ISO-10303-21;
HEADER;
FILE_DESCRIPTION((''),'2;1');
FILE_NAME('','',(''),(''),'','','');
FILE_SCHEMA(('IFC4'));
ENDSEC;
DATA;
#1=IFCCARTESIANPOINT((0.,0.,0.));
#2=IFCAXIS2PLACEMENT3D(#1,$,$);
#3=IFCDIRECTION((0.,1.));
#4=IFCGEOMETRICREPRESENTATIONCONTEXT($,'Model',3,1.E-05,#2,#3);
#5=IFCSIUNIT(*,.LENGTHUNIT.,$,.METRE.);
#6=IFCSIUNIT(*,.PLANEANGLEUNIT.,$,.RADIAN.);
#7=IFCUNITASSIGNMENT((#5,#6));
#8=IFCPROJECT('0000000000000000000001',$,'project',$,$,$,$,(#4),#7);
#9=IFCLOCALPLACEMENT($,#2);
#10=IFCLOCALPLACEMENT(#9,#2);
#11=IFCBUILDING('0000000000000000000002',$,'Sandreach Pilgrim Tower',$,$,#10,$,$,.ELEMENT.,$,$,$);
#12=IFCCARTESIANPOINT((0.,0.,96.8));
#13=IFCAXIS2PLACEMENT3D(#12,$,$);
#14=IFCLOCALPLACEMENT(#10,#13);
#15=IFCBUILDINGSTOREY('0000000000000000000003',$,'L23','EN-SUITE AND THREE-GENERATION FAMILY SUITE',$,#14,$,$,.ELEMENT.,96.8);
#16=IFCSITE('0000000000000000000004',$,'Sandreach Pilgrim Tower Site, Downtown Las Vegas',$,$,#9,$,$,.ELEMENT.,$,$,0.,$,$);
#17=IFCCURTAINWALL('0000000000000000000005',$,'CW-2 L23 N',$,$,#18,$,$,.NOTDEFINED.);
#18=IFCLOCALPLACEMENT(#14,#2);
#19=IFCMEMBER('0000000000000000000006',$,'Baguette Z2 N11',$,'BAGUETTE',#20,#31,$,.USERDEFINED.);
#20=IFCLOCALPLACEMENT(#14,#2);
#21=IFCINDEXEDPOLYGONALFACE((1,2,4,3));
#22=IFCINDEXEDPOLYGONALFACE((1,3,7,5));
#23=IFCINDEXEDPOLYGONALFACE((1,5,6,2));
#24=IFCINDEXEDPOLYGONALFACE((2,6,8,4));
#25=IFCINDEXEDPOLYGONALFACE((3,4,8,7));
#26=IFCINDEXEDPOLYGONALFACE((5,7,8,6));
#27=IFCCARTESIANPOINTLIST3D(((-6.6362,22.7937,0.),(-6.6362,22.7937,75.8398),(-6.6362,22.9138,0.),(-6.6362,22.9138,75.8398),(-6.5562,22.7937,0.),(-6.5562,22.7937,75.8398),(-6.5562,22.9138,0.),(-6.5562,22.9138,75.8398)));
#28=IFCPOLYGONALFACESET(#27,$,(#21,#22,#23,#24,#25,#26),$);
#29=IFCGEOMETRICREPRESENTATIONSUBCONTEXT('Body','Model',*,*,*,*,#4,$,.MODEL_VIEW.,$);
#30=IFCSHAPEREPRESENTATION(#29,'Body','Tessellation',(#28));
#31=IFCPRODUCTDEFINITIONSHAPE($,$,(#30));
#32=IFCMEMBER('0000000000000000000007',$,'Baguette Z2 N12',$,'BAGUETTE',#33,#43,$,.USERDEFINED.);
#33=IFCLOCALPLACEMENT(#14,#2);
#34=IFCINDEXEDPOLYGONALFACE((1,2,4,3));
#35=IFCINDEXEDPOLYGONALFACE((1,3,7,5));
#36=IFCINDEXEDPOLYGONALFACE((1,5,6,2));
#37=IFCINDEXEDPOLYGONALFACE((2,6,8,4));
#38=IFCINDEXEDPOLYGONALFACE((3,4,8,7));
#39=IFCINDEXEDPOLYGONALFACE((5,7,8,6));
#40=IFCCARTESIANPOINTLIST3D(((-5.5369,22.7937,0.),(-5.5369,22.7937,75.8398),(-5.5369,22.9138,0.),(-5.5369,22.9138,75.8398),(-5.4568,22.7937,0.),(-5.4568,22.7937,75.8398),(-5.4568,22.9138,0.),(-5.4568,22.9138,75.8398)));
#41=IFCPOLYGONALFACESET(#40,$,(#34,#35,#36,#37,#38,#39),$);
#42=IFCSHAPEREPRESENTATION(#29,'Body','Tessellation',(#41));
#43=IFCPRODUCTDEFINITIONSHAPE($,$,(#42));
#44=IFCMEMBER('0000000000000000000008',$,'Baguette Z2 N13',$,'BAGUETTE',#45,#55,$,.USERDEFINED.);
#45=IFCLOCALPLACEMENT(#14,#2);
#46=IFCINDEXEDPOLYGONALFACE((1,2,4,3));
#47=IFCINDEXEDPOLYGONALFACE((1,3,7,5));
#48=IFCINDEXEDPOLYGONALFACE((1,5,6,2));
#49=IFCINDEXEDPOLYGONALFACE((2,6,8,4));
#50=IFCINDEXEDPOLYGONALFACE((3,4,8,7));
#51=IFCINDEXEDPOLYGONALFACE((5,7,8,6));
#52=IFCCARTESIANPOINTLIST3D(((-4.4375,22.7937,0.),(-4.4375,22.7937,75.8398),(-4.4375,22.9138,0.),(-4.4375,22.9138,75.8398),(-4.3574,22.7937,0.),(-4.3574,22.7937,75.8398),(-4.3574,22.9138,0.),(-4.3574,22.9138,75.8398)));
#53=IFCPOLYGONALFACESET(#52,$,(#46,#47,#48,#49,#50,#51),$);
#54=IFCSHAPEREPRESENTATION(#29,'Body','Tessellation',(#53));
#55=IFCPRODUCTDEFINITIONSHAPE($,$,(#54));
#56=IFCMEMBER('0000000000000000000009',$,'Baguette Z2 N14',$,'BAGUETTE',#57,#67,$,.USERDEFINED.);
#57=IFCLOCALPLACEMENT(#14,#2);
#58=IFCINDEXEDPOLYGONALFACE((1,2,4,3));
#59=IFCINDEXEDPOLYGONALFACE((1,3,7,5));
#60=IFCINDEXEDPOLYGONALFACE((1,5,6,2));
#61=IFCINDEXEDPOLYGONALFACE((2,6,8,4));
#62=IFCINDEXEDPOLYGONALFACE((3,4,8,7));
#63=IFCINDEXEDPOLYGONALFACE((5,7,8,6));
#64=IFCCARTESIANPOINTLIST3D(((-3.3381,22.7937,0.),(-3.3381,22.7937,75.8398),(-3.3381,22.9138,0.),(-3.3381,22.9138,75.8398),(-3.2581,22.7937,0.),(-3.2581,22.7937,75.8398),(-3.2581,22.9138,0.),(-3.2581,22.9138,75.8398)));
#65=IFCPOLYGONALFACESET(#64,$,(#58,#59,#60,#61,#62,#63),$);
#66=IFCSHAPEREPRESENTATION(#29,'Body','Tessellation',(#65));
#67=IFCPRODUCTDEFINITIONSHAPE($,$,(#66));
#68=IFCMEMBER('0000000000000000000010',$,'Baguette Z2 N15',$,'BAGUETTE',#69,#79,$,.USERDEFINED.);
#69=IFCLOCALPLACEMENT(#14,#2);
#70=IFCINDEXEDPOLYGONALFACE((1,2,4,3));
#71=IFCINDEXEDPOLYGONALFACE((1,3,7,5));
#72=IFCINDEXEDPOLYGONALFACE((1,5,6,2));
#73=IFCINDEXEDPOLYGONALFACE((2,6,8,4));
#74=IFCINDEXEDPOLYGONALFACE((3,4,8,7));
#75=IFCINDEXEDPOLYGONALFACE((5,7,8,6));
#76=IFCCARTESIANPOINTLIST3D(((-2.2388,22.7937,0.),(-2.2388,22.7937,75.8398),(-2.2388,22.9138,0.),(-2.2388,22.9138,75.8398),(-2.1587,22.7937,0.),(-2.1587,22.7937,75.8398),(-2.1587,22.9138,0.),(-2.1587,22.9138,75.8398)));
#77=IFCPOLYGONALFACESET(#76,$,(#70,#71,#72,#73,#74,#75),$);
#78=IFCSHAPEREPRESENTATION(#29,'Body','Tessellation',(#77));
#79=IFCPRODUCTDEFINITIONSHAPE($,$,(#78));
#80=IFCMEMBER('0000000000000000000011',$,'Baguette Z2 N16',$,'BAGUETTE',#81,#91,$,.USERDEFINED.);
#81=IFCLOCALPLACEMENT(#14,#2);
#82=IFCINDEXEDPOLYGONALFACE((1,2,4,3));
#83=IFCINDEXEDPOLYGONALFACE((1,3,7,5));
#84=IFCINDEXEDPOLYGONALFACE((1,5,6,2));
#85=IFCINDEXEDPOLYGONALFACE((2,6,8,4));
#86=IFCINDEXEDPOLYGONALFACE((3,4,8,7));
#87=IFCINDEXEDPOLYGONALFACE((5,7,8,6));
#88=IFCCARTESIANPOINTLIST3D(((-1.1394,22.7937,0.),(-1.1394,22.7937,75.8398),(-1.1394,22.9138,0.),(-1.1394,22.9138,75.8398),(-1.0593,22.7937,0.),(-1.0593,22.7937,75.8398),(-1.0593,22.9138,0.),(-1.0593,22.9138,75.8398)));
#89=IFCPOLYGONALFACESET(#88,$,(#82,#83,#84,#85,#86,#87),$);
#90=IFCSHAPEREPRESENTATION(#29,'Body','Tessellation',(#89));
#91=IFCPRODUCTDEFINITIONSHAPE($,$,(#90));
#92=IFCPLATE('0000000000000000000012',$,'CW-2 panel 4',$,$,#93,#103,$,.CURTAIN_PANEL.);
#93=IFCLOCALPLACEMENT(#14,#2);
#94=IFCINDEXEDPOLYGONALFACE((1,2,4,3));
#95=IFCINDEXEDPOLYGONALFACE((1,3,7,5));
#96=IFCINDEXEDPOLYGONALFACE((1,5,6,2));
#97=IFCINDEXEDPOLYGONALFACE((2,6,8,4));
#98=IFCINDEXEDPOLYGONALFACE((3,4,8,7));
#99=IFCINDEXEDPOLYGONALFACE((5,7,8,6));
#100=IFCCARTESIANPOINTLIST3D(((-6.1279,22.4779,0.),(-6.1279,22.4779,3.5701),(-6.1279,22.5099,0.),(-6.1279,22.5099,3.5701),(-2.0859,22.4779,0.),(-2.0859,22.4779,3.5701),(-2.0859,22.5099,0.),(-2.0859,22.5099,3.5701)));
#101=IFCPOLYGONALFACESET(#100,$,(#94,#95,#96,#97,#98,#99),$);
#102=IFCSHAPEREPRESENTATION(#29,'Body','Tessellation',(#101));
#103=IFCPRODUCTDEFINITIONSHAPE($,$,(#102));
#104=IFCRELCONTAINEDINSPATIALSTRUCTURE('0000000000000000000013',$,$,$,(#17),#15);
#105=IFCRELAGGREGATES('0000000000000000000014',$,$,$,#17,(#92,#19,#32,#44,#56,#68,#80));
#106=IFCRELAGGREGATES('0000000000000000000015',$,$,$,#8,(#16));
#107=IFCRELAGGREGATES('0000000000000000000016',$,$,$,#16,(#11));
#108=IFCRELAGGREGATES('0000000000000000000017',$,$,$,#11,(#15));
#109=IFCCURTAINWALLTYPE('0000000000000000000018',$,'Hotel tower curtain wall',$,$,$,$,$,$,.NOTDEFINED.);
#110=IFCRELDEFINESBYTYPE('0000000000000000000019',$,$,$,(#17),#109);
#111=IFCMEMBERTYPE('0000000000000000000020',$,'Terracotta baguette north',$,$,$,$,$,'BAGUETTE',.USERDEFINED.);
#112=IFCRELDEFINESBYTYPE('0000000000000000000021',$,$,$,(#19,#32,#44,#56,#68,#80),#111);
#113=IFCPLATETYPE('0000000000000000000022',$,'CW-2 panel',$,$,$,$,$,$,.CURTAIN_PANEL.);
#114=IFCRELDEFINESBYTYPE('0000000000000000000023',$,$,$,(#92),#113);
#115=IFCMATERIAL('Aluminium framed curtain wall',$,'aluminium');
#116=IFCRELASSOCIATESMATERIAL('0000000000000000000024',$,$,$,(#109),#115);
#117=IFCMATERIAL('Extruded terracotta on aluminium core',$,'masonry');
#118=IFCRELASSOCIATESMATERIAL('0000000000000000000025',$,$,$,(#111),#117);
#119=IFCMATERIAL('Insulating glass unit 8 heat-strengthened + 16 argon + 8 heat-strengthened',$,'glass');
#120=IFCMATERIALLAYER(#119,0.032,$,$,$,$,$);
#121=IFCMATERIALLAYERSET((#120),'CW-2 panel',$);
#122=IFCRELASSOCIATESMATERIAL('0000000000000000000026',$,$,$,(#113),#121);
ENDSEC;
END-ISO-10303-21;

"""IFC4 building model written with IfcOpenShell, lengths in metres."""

from ifc_helpers import new_model, si_unit, direction, frame, origin, origin_2d, place, context, subcontext, project, spatial, rectangle, extrude, material, layer, layer_set, material_profile, profile_set, type_object, element, aggregate, save


model = new_model("IFC4")

# Units and contexts
model_context = context("Model", 3, precision=1e-05, world=origin(), true_north=direction((0.0, 1.0)))
body_context = subcontext(model_context, "Body", "Model", "MODEL_VIEW")
ifc_project = project(units=[si_unit("LENGTHUNIT", "METRE"), si_unit("PLANEANGLEUNIT", "RADIAN")], contexts=[model_context])

# Site, building, storey
site_placement = place(None, origin())
site = spatial("IfcSite", under=ifc_project, at=site_placement, Name="Sandreach Pilgrim Tower Site, Downtown Las Vegas", CompositionType="ELEMENT", RefElevation=0.0)
building_placement = place(site_placement, origin())
building = spatial("IfcBuilding", under=site, at=building_placement, Name="Sandreach Pilgrim Tower", CompositionType="ELEMENT")
storey_placement = place(building_placement, frame((0.0, 0.0, 96.8)))
storey = spatial("IfcBuildingStorey", under=building, at=storey_placement, Name="L23", Description="EN-SUITE AND THREE-GENERATION FAMILY SUITE", CompositionType="ELEMENT", Elevation=96.8)

# Curtain wall
ifc_material_1 = material(Name="Aluminium framed curtain wall", Category="aluminium")
curtain_wall_type = type_object("IfcCurtainWallType", Name="Hotel tower curtain wall", PredefinedType="NOTDEFINED", material=ifc_material_1)
curtain_wall_placement = place(storey_placement, origin())
curtain_wall = element("IfcCurtainWall", 1, at=curtain_wall_placement, inside=storey, type_object=curtain_wall_type, Name="CW-2 L23 N", PredefinedType="NOTDEFINED")

# Members
ifc_material_2 = material(Name="Extruded terracotta on aluminium core", Category="masonry")
ifc_material_profile_1 = material_profile(ifc_material_2, rectangle(XDim=0.0801, YDim=0.1201, at=origin_2d()), Name="TBN 80X120")
ifc_profile_set_1 = profile_set([ifc_material_profile_1], Name="Extruded terracotta on aluminium core")
member_type_1 = type_object("IfcMemberType", Name="Terracotta baguette north", ElementType="BAGUETTE", PredefinedType="USERDEFINED", material=ifc_profile_set_1)
member_1_placement = place(storey_placement, frame((-6.5962, 22.8538, 0.0), z_axis=(0.0, 0.0, 1.0), x_axis=(1.0, 0.0, 0.0)))
member_1 = element("IfcMember", 2, at=member_1_placement, type_object=member_type_1, Name="Baguette Z2 N11", ObjectType="BAGUETTE", PredefinedType="USERDEFINED", context=body_context, shape_type="SweptSolid", body=[
    extrude(rectangle(XDim=0.0801, YDim=0.1201, at=origin_2d()), origin(), (0.0, 0.0, 1.0), 75.8398),
])
member_2_placement = place(storey_placement, frame((-5.4968, 22.8538, 0.0), z_axis=(0.0, 0.0, 1.0), x_axis=(1.0, 0.0, 0.0)))
member_2 = element("IfcMember", 3, at=member_2_placement, type_object=member_type_1, Name="Baguette Z2 N12", ObjectType="BAGUETTE", PredefinedType="USERDEFINED", context=body_context, shape_type="SweptSolid", body=[
    extrude(rectangle(XDim=0.0801, YDim=0.1201, at=origin_2d()), origin(), (0.0, 0.0, 1.0), 75.8398),
])
member_3_placement = place(storey_placement, frame((-4.3975, 22.8538, 0.0), z_axis=(0.0, 0.0, 1.0), x_axis=(1.0, 0.0, 0.0)))
member_3 = element("IfcMember", 4, at=member_3_placement, type_object=member_type_1, Name="Baguette Z2 N13", ObjectType="BAGUETTE", PredefinedType="USERDEFINED", context=body_context, shape_type="SweptSolid", body=[
    extrude(rectangle(XDim=0.0801, YDim=0.1201, at=origin_2d()), origin(), (0.0, 0.0, 1.0), 75.8398),
])
member_4_placement = place(storey_placement, frame((-3.2981, 22.8538, 0.0), z_axis=(0.0, 0.0, 1.0), x_axis=(1.0, 0.0, 0.0)))
member_4 = element("IfcMember", 5, at=member_4_placement, type_object=member_type_1, Name="Baguette Z2 N14", ObjectType="BAGUETTE", PredefinedType="USERDEFINED", context=body_context, shape_type="SweptSolid", body=[
    extrude(rectangle(XDim=0.0801, YDim=0.1201, at=origin_2d()), origin(), (0.0, 0.0, 1.0), 75.8398),
])
member_5_placement = place(storey_placement, frame((-2.1987, 22.8538, 0.0), z_axis=(0.0, 0.0, 1.0), x_axis=(1.0, 0.0, 0.0)))
member_5 = element("IfcMember", 6, at=member_5_placement, type_object=member_type_1, Name="Baguette Z2 N15", ObjectType="BAGUETTE", PredefinedType="USERDEFINED", context=body_context, shape_type="SweptSolid", body=[
    extrude(rectangle(XDim=0.0801, YDim=0.1201, at=origin_2d()), origin(), (0.0, 0.0, 1.0), 75.8398),
])
member_6_placement = place(storey_placement, frame((-1.0994, 22.8538, 0.0), z_axis=(0.0, 0.0, 1.0), x_axis=(1.0, 0.0, 0.0)))
member_6 = element("IfcMember", 7, at=member_6_placement, type_object=member_type_1, Name="Baguette Z2 N16", ObjectType="BAGUETTE", PredefinedType="USERDEFINED", context=body_context, shape_type="SweptSolid", body=[
    extrude(rectangle(XDim=0.0801, YDim=0.1201, at=origin_2d()), origin(), (0.0, 0.0, 1.0), 75.8398),
])

# Plate
ifc_material_3 = material(Name="Insulating glass unit 8 heat-strengthened + 16 argon + 8 heat-strengthened", Category="glass")
ifc_layer_1 = layer(ifc_material_3, 0.032)
ifc_layer_set_1 = layer_set([ifc_layer_1], Name="CW-2 panel")
plate_type = type_object("IfcPlateType", Name="CW-2 panel", PredefinedType="CURTAIN_PANEL", material=ifc_layer_set_1)
plate_placement = place(storey_placement, frame((-4.1069, 22.4939, 0.0), z_axis=(0.0, 0.0, 1.0), x_axis=(1.0, 0.0, 0.0)))
plate = element("IfcPlate", 8, at=plate_placement, type_object=plate_type, Name="CW-2 panel 4", PredefinedType="CURTAIN_PANEL", context=body_context, shape_type="SweptSolid", body=[
    extrude(rectangle(XDim=4.042, YDim=0.032, at=origin_2d()), origin(), (0.0, 0.0, 1.0), 3.5701),
])
aggregate(curtain_wall, [plate, member_1, member_2, member_3, member_4, member_5, member_6])

save(model, "model.ifc")
